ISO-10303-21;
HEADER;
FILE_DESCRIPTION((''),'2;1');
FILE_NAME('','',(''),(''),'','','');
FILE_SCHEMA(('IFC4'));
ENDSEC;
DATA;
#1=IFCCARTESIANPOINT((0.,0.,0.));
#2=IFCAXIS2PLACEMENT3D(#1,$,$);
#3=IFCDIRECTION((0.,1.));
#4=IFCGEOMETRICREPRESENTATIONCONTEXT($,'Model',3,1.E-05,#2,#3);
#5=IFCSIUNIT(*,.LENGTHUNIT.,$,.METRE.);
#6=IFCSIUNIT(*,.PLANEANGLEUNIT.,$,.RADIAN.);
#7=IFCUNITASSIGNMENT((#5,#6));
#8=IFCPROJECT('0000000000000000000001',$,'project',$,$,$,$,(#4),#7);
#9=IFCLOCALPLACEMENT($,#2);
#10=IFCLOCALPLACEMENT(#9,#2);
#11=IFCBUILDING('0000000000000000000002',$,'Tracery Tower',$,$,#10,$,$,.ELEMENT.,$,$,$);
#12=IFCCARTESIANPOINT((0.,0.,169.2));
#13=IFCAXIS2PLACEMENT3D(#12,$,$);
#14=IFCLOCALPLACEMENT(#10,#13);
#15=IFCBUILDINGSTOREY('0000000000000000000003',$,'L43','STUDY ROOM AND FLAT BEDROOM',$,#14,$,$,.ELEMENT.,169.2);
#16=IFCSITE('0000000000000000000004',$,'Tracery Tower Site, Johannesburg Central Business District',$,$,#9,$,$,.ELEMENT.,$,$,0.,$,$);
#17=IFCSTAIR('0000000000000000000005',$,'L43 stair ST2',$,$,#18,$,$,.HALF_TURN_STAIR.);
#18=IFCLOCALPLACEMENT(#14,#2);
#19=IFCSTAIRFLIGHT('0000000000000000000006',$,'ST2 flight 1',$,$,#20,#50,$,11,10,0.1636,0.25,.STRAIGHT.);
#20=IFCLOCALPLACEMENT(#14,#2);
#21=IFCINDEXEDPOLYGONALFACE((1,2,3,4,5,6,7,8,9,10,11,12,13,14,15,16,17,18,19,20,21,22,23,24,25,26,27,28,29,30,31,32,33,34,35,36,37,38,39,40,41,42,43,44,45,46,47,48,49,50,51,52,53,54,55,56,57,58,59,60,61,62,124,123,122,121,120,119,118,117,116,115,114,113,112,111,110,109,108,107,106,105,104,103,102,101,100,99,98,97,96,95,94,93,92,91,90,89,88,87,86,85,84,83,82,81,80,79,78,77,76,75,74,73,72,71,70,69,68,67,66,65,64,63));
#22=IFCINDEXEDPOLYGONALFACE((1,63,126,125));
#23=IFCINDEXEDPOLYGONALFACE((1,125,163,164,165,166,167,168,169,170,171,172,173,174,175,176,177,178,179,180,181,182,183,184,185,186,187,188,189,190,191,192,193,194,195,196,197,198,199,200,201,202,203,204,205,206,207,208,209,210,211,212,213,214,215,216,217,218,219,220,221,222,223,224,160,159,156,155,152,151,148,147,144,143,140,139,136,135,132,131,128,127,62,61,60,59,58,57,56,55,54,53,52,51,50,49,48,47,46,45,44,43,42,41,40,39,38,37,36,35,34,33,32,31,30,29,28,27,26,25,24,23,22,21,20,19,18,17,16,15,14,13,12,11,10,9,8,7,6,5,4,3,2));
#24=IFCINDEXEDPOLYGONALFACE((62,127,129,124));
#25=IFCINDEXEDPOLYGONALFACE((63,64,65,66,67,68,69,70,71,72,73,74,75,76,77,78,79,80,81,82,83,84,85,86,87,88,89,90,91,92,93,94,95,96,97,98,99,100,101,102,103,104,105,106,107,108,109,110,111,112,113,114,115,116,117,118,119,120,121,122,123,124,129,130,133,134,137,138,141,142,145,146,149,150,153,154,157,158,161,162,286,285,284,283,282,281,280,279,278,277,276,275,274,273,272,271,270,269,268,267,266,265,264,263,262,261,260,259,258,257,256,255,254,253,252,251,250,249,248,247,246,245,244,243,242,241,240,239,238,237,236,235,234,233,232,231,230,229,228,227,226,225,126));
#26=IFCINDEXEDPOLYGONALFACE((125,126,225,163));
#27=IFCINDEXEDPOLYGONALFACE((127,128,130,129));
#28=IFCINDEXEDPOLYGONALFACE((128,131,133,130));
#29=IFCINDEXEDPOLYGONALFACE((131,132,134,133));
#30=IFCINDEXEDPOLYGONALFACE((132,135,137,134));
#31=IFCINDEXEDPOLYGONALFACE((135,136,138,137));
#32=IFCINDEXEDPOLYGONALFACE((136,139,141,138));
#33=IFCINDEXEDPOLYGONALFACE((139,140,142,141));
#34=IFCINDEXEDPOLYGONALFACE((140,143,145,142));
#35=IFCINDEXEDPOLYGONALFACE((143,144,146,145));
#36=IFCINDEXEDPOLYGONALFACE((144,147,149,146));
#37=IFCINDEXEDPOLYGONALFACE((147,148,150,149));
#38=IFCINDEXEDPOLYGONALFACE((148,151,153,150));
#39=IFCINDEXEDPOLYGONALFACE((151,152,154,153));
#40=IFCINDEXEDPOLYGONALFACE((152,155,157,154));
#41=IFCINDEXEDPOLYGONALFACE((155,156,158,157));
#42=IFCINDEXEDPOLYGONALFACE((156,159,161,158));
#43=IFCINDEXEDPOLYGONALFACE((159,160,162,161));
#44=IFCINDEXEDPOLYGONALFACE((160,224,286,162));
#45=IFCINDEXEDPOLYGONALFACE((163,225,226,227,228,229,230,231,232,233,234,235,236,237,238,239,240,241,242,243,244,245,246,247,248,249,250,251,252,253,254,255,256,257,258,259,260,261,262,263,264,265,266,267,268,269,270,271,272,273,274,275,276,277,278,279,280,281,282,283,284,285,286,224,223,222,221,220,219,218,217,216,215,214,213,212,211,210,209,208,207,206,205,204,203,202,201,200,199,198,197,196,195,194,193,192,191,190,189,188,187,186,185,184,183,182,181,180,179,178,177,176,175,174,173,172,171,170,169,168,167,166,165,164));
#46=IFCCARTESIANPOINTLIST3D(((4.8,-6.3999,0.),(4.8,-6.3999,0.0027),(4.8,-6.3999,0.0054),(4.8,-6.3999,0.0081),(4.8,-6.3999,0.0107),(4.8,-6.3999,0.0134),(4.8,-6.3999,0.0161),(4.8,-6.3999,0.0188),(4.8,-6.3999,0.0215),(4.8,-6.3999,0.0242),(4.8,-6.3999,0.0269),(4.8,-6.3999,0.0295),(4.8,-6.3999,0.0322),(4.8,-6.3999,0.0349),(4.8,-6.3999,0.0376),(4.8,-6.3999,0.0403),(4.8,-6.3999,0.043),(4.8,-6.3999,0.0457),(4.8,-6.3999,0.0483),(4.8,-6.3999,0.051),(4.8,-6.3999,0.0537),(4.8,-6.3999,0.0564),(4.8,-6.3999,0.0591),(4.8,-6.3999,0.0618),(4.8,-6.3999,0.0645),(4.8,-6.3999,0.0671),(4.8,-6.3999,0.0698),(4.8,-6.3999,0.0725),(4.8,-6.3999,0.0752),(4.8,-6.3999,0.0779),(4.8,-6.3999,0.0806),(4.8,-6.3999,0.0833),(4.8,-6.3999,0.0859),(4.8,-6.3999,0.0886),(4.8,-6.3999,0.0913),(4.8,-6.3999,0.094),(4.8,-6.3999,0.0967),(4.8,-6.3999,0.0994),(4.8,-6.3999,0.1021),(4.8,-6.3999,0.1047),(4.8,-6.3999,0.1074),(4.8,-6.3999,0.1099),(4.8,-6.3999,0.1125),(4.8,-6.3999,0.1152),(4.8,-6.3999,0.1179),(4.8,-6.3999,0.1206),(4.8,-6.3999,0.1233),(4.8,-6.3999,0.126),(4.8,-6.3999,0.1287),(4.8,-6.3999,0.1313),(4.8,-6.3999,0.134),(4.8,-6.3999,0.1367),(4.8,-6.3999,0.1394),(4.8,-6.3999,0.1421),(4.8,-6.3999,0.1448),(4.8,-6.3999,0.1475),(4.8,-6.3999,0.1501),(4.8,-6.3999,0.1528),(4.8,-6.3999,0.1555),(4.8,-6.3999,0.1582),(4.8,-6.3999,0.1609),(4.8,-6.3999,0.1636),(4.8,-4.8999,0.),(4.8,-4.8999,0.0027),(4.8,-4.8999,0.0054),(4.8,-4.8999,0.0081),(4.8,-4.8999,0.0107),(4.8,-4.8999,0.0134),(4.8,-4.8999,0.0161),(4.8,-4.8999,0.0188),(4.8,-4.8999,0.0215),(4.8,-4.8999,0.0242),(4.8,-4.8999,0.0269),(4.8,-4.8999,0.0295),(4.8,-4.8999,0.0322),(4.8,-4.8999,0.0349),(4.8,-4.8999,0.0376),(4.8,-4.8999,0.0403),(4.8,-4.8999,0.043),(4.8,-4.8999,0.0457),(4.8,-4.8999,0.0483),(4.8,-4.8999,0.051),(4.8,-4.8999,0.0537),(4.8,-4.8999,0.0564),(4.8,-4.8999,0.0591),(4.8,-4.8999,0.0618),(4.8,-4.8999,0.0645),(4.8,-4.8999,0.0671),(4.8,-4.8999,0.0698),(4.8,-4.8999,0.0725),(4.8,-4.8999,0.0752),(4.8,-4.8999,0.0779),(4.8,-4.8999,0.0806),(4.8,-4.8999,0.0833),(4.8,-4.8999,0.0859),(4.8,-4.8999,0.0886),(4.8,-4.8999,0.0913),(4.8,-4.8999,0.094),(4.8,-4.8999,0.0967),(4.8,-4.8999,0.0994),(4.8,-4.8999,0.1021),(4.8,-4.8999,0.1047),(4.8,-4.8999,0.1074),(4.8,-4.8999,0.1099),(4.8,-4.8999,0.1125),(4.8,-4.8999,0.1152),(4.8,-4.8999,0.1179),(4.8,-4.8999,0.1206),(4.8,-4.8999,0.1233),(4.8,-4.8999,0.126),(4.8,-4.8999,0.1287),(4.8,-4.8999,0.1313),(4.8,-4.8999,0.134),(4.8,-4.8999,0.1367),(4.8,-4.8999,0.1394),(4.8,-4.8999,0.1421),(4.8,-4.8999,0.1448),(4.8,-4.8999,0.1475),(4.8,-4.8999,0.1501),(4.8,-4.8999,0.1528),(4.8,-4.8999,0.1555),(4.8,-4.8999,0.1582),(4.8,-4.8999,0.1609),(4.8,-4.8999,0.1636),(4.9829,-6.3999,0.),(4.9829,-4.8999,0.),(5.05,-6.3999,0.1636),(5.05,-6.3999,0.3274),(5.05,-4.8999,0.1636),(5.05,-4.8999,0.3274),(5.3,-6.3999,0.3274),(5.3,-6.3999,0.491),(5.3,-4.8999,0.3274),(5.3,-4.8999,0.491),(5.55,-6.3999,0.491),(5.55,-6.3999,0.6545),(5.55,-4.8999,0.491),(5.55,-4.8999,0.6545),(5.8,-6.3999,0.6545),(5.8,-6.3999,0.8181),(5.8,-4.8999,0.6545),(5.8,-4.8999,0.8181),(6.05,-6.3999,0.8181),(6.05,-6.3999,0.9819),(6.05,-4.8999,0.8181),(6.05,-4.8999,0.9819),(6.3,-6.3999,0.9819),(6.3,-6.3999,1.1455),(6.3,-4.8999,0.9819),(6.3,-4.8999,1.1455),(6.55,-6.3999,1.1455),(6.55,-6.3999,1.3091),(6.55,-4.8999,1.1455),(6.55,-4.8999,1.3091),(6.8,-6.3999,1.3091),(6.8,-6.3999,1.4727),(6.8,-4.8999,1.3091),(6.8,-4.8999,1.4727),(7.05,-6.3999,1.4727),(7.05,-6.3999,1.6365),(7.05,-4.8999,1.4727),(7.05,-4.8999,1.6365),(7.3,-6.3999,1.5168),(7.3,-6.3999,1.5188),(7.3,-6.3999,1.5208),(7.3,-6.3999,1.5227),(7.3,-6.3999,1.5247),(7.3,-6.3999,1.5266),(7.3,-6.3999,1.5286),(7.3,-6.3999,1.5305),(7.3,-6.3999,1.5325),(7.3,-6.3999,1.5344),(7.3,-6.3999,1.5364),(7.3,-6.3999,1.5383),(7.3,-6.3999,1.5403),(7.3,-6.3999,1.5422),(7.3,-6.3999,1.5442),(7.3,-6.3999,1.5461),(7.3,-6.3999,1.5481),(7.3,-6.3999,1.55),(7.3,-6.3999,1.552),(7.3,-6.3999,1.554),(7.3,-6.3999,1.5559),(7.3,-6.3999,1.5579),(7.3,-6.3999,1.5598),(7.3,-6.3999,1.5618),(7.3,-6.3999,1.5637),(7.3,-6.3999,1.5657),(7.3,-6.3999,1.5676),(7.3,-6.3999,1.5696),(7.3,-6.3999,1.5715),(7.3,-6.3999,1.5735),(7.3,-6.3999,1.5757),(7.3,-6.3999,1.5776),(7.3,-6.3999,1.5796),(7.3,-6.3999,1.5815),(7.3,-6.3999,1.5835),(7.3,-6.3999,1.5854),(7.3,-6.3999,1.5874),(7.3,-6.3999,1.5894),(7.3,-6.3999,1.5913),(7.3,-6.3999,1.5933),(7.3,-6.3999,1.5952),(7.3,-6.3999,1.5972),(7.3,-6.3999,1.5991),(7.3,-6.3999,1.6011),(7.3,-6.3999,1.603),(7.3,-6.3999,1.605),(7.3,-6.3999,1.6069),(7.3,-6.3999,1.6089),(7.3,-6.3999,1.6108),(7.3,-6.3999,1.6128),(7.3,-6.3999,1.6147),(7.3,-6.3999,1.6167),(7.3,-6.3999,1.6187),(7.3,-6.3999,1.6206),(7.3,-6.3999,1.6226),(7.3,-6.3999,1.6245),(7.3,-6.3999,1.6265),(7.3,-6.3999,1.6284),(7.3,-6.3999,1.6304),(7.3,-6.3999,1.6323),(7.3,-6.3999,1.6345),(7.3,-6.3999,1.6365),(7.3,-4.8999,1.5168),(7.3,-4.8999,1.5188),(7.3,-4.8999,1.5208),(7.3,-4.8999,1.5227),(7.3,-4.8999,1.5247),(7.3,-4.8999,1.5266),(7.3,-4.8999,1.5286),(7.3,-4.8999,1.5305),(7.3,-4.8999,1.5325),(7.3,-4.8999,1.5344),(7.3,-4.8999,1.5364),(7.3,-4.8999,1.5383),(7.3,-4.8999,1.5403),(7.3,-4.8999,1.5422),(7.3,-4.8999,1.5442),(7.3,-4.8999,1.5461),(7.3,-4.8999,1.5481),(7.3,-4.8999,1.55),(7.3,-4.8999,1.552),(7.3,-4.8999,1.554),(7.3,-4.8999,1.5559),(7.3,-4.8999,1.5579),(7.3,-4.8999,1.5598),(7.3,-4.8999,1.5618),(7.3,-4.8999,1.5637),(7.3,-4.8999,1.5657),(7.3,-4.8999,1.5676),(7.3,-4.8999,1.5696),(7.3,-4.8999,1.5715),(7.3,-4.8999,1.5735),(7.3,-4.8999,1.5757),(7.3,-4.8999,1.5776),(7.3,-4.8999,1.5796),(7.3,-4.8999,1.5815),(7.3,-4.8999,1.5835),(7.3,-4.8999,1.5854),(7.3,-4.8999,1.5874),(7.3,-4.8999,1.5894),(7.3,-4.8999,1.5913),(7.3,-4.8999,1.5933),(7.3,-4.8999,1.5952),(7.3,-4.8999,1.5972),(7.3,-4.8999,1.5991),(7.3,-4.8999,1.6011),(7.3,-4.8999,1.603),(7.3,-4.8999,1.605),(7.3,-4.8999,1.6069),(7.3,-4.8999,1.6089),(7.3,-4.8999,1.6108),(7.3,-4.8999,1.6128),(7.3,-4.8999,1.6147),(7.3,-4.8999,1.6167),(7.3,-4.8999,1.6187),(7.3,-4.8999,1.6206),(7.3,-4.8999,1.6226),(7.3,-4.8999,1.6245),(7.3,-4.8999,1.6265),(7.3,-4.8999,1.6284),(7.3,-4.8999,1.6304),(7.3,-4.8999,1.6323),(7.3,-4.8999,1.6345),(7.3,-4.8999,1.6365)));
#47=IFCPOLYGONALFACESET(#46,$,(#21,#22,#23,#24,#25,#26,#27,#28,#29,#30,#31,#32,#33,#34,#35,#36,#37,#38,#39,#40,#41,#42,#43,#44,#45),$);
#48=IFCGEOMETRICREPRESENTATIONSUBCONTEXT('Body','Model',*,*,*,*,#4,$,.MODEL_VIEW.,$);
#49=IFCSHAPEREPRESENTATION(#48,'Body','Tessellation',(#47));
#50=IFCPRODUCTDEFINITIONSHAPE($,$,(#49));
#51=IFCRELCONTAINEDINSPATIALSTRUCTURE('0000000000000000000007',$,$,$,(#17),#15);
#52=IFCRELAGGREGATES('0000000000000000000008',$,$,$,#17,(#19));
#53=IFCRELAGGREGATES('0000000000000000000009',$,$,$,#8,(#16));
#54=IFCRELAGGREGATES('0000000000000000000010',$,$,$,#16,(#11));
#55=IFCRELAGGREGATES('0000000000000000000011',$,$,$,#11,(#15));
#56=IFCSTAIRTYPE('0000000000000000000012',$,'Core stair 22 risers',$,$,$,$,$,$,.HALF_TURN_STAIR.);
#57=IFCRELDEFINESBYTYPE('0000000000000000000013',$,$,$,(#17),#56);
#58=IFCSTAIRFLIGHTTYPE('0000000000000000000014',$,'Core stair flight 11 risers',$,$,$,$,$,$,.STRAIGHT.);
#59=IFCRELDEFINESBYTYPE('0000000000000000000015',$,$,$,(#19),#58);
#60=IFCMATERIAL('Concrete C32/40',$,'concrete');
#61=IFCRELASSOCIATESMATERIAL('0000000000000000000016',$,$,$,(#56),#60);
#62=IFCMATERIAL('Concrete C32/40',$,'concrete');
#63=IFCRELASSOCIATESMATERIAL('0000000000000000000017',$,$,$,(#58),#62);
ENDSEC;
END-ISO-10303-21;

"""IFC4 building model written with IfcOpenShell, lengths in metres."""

from ifc_helpers import new_model, si_unit, direction, frame, origin, place, context, subcontext, project, spatial, polyline, outline, extrude, material, type_object, element, aggregate, save


model = new_model("IFC4")

# Units and contexts
model_context = context("Model", 3, precision=1e-05, world=origin(), true_north=direction((0.0, 1.0)))
body_context = subcontext(model_context, "Body", "Model", "MODEL_VIEW")
ifc_project = project(units=[si_unit("LENGTHUNIT", "METRE"), si_unit("PLANEANGLEUNIT", "RADIAN")], contexts=[model_context])

# Site, building, storey
site_placement = place(None, origin())
site = spatial("IfcSite", under=ifc_project, at=site_placement, Name="Tracery Tower Site, Johannesburg Central Business District", CompositionType="ELEMENT", RefElevation=0.0)
building_placement = place(site_placement, origin())
building = spatial("IfcBuilding", under=site, at=building_placement, Name="Tracery Tower", CompositionType="ELEMENT")
storey_placement = place(building_placement, frame((0.0, 0.0, 169.2)))
storey = spatial("IfcBuildingStorey", under=building, at=storey_placement, Name="L43", Description="STUDY ROOM AND FLAT BEDROOM", CompositionType="ELEMENT", Elevation=169.2)

# Stair, stair flight
ifc_material_1 = material(Name="Concrete C32/40", Category="concrete")
stair_type = type_object("IfcStairType", Name="Core stair 22 risers", PredefinedType="HALF_TURN_STAIR", material=ifc_material_1)
stair_placement = place(storey_placement, origin())
stair = element("IfcStair", 1, at=stair_placement, inside=storey, type_object=stair_type, Name="L43 stair ST2", PredefinedType="HALF_TURN_STAIR")
ifc_material_2 = material(Name="Concrete C32/40", Category="concrete")
stair_flight_type = type_object("IfcStairFlightType", Name="Core stair flight 11 risers", PredefinedType="STRAIGHT", material=ifc_material_2)
stair_flight_1_placement = place(storey_placement, frame((4.8, -5.6499, 0.0), z_axis=(0.0, 0.0, 1.0), x_axis=(1.0, 0.0, 0.0)))
stair_flight_1 = element("IfcStairFlight", 2, at=stair_flight_1_placement, type_object=stair_flight_type, Name="ST2 flight 1", NumberOfRisers=11, NumberOfTreads=10, PredefinedType="STRAIGHT", RiserHeight=0.1636, TreadLength=0.25, context=body_context, shape_type="SweptSolid", body=[
    extrude(outline(polyline([(0.0, 0.0), (0.0, 0.0027), (0.0, 0.0054), (0.0, 0.0081), (0.0, 0.0107), (0.0, 0.0134), (0.0, 0.0161), (0.0, 0.0188), (0.0, 0.0215), (0.0, 0.0242), (0.0, 0.0269), (0.0, 0.0295), (0.0, 0.0322), (0.0, 0.0349), (0.0, 0.0376), (0.0, 0.0403), (0.0, 0.043), (0.0, 0.0457), (0.0, 0.0483), (0.0, 0.051), (0.0, 0.0537), (0.0, 0.0564), (0.0, 0.0591), (0.0, 0.0618), (0.0, 0.0645), (0.0, 0.0671), (0.0, 0.0698), (0.0, 0.0725), (0.0, 0.0752), (0.0, 0.0779), (0.0, 0.0806), (0.0, 0.0833), (0.0, 0.0859), (0.0, 0.0886), (0.0, 0.0913), (0.0, 0.094), (0.0, 0.0967), (0.0, 0.0994), (0.0, 0.1021), (0.0, 0.1047), (0.0, 0.1074), (0.0, 0.1099), (0.0, 0.1125), (0.0, 0.1152), (0.0, 0.1179), (0.0, 0.1206), (0.0, 0.1233), (0.0, 0.126), (0.0, 0.1287), (0.0, 0.1313), (0.0, 0.134), (0.0, 0.1367), (0.0, 0.1394), (0.0, 0.1421), (0.0, 0.1448), (0.0, 0.1475), (0.0, 0.1501), (0.0, 0.1528), (0.0, 0.1555), (0.0, 0.1582), (0.0, 0.1609), (0.0, 0.1636), (0.25, 0.1636), (0.25, 0.3274), (0.5, 0.3274), (0.5, 0.491), (0.75, 0.491), (0.75, 0.6545), (1.0, 0.6545), (1.0, 0.8181), (1.25, 0.8181), (1.25, 0.9819), (1.5, 0.9819), (1.5, 1.1455), (1.75, 1.1455), (1.75, 1.3091), (2.0, 1.3091), (2.0, 1.4727), (2.25, 1.4727), (2.25, 1.6365), (2.5, 1.6365), (2.5, 1.6345), (2.5, 1.6323), (2.5, 1.6304), (2.5, 1.6284), (2.5, 1.6265), (2.5, 1.6245), (2.5, 1.6226), (2.5, 1.6206), (2.5, 1.6187), (2.5, 1.6167), (2.5, 1.6147), (2.5, 1.6128), (2.5, 1.6108), (2.5, 1.6089), (2.5, 1.6069), (2.5, 1.605), (2.5, 1.603), (2.5, 1.6011), (2.5, 1.5991), (2.5, 1.5972), (2.5, 1.5952), (2.5, 1.5933), (2.5, 1.5913), (2.5, 1.5894), (2.5, 1.5874), (2.5, 1.5854), (2.5, 1.5835), (2.5, 1.5815), (2.5, 1.5796), (2.5, 1.5776), (2.5, 1.5757), (2.5, 1.5735), (2.5, 1.5715), (2.5, 1.5696), (2.5, 1.5676), (2.5, 1.5657), (2.5, 1.5637), (2.5, 1.5618), (2.5, 1.5598), (2.5, 1.5579), (2.5, 1.5559), (2.5, 1.554), (2.5, 1.552), (2.5, 1.55), (2.5, 1.5481), (2.5, 1.5461), (2.5, 1.5442), (2.5, 1.5422), (2.5, 1.5403), (2.5, 1.5383), (2.5, 1.5364), (2.5, 1.5344), (2.5, 1.5325), (2.5, 1.5305), (2.5, 1.5286), (2.5, 1.5266), (2.5, 1.5247), (2.5, 1.5227), (2.5, 1.5208), (2.5, 1.5188), (2.5, 1.5168), (0.1829, 0.0), (0.0, 0.0)])), frame((0.0, 0.75, 0.0), z_axis=(0.0, -1.0, 0.0), x_axis=(1.0, 0.0, 0.0)), (0.0, 0.0, 1.0), 1.5),
])
aggregate(stair, [stair_flight_1])

save(model, "model.ifc")
